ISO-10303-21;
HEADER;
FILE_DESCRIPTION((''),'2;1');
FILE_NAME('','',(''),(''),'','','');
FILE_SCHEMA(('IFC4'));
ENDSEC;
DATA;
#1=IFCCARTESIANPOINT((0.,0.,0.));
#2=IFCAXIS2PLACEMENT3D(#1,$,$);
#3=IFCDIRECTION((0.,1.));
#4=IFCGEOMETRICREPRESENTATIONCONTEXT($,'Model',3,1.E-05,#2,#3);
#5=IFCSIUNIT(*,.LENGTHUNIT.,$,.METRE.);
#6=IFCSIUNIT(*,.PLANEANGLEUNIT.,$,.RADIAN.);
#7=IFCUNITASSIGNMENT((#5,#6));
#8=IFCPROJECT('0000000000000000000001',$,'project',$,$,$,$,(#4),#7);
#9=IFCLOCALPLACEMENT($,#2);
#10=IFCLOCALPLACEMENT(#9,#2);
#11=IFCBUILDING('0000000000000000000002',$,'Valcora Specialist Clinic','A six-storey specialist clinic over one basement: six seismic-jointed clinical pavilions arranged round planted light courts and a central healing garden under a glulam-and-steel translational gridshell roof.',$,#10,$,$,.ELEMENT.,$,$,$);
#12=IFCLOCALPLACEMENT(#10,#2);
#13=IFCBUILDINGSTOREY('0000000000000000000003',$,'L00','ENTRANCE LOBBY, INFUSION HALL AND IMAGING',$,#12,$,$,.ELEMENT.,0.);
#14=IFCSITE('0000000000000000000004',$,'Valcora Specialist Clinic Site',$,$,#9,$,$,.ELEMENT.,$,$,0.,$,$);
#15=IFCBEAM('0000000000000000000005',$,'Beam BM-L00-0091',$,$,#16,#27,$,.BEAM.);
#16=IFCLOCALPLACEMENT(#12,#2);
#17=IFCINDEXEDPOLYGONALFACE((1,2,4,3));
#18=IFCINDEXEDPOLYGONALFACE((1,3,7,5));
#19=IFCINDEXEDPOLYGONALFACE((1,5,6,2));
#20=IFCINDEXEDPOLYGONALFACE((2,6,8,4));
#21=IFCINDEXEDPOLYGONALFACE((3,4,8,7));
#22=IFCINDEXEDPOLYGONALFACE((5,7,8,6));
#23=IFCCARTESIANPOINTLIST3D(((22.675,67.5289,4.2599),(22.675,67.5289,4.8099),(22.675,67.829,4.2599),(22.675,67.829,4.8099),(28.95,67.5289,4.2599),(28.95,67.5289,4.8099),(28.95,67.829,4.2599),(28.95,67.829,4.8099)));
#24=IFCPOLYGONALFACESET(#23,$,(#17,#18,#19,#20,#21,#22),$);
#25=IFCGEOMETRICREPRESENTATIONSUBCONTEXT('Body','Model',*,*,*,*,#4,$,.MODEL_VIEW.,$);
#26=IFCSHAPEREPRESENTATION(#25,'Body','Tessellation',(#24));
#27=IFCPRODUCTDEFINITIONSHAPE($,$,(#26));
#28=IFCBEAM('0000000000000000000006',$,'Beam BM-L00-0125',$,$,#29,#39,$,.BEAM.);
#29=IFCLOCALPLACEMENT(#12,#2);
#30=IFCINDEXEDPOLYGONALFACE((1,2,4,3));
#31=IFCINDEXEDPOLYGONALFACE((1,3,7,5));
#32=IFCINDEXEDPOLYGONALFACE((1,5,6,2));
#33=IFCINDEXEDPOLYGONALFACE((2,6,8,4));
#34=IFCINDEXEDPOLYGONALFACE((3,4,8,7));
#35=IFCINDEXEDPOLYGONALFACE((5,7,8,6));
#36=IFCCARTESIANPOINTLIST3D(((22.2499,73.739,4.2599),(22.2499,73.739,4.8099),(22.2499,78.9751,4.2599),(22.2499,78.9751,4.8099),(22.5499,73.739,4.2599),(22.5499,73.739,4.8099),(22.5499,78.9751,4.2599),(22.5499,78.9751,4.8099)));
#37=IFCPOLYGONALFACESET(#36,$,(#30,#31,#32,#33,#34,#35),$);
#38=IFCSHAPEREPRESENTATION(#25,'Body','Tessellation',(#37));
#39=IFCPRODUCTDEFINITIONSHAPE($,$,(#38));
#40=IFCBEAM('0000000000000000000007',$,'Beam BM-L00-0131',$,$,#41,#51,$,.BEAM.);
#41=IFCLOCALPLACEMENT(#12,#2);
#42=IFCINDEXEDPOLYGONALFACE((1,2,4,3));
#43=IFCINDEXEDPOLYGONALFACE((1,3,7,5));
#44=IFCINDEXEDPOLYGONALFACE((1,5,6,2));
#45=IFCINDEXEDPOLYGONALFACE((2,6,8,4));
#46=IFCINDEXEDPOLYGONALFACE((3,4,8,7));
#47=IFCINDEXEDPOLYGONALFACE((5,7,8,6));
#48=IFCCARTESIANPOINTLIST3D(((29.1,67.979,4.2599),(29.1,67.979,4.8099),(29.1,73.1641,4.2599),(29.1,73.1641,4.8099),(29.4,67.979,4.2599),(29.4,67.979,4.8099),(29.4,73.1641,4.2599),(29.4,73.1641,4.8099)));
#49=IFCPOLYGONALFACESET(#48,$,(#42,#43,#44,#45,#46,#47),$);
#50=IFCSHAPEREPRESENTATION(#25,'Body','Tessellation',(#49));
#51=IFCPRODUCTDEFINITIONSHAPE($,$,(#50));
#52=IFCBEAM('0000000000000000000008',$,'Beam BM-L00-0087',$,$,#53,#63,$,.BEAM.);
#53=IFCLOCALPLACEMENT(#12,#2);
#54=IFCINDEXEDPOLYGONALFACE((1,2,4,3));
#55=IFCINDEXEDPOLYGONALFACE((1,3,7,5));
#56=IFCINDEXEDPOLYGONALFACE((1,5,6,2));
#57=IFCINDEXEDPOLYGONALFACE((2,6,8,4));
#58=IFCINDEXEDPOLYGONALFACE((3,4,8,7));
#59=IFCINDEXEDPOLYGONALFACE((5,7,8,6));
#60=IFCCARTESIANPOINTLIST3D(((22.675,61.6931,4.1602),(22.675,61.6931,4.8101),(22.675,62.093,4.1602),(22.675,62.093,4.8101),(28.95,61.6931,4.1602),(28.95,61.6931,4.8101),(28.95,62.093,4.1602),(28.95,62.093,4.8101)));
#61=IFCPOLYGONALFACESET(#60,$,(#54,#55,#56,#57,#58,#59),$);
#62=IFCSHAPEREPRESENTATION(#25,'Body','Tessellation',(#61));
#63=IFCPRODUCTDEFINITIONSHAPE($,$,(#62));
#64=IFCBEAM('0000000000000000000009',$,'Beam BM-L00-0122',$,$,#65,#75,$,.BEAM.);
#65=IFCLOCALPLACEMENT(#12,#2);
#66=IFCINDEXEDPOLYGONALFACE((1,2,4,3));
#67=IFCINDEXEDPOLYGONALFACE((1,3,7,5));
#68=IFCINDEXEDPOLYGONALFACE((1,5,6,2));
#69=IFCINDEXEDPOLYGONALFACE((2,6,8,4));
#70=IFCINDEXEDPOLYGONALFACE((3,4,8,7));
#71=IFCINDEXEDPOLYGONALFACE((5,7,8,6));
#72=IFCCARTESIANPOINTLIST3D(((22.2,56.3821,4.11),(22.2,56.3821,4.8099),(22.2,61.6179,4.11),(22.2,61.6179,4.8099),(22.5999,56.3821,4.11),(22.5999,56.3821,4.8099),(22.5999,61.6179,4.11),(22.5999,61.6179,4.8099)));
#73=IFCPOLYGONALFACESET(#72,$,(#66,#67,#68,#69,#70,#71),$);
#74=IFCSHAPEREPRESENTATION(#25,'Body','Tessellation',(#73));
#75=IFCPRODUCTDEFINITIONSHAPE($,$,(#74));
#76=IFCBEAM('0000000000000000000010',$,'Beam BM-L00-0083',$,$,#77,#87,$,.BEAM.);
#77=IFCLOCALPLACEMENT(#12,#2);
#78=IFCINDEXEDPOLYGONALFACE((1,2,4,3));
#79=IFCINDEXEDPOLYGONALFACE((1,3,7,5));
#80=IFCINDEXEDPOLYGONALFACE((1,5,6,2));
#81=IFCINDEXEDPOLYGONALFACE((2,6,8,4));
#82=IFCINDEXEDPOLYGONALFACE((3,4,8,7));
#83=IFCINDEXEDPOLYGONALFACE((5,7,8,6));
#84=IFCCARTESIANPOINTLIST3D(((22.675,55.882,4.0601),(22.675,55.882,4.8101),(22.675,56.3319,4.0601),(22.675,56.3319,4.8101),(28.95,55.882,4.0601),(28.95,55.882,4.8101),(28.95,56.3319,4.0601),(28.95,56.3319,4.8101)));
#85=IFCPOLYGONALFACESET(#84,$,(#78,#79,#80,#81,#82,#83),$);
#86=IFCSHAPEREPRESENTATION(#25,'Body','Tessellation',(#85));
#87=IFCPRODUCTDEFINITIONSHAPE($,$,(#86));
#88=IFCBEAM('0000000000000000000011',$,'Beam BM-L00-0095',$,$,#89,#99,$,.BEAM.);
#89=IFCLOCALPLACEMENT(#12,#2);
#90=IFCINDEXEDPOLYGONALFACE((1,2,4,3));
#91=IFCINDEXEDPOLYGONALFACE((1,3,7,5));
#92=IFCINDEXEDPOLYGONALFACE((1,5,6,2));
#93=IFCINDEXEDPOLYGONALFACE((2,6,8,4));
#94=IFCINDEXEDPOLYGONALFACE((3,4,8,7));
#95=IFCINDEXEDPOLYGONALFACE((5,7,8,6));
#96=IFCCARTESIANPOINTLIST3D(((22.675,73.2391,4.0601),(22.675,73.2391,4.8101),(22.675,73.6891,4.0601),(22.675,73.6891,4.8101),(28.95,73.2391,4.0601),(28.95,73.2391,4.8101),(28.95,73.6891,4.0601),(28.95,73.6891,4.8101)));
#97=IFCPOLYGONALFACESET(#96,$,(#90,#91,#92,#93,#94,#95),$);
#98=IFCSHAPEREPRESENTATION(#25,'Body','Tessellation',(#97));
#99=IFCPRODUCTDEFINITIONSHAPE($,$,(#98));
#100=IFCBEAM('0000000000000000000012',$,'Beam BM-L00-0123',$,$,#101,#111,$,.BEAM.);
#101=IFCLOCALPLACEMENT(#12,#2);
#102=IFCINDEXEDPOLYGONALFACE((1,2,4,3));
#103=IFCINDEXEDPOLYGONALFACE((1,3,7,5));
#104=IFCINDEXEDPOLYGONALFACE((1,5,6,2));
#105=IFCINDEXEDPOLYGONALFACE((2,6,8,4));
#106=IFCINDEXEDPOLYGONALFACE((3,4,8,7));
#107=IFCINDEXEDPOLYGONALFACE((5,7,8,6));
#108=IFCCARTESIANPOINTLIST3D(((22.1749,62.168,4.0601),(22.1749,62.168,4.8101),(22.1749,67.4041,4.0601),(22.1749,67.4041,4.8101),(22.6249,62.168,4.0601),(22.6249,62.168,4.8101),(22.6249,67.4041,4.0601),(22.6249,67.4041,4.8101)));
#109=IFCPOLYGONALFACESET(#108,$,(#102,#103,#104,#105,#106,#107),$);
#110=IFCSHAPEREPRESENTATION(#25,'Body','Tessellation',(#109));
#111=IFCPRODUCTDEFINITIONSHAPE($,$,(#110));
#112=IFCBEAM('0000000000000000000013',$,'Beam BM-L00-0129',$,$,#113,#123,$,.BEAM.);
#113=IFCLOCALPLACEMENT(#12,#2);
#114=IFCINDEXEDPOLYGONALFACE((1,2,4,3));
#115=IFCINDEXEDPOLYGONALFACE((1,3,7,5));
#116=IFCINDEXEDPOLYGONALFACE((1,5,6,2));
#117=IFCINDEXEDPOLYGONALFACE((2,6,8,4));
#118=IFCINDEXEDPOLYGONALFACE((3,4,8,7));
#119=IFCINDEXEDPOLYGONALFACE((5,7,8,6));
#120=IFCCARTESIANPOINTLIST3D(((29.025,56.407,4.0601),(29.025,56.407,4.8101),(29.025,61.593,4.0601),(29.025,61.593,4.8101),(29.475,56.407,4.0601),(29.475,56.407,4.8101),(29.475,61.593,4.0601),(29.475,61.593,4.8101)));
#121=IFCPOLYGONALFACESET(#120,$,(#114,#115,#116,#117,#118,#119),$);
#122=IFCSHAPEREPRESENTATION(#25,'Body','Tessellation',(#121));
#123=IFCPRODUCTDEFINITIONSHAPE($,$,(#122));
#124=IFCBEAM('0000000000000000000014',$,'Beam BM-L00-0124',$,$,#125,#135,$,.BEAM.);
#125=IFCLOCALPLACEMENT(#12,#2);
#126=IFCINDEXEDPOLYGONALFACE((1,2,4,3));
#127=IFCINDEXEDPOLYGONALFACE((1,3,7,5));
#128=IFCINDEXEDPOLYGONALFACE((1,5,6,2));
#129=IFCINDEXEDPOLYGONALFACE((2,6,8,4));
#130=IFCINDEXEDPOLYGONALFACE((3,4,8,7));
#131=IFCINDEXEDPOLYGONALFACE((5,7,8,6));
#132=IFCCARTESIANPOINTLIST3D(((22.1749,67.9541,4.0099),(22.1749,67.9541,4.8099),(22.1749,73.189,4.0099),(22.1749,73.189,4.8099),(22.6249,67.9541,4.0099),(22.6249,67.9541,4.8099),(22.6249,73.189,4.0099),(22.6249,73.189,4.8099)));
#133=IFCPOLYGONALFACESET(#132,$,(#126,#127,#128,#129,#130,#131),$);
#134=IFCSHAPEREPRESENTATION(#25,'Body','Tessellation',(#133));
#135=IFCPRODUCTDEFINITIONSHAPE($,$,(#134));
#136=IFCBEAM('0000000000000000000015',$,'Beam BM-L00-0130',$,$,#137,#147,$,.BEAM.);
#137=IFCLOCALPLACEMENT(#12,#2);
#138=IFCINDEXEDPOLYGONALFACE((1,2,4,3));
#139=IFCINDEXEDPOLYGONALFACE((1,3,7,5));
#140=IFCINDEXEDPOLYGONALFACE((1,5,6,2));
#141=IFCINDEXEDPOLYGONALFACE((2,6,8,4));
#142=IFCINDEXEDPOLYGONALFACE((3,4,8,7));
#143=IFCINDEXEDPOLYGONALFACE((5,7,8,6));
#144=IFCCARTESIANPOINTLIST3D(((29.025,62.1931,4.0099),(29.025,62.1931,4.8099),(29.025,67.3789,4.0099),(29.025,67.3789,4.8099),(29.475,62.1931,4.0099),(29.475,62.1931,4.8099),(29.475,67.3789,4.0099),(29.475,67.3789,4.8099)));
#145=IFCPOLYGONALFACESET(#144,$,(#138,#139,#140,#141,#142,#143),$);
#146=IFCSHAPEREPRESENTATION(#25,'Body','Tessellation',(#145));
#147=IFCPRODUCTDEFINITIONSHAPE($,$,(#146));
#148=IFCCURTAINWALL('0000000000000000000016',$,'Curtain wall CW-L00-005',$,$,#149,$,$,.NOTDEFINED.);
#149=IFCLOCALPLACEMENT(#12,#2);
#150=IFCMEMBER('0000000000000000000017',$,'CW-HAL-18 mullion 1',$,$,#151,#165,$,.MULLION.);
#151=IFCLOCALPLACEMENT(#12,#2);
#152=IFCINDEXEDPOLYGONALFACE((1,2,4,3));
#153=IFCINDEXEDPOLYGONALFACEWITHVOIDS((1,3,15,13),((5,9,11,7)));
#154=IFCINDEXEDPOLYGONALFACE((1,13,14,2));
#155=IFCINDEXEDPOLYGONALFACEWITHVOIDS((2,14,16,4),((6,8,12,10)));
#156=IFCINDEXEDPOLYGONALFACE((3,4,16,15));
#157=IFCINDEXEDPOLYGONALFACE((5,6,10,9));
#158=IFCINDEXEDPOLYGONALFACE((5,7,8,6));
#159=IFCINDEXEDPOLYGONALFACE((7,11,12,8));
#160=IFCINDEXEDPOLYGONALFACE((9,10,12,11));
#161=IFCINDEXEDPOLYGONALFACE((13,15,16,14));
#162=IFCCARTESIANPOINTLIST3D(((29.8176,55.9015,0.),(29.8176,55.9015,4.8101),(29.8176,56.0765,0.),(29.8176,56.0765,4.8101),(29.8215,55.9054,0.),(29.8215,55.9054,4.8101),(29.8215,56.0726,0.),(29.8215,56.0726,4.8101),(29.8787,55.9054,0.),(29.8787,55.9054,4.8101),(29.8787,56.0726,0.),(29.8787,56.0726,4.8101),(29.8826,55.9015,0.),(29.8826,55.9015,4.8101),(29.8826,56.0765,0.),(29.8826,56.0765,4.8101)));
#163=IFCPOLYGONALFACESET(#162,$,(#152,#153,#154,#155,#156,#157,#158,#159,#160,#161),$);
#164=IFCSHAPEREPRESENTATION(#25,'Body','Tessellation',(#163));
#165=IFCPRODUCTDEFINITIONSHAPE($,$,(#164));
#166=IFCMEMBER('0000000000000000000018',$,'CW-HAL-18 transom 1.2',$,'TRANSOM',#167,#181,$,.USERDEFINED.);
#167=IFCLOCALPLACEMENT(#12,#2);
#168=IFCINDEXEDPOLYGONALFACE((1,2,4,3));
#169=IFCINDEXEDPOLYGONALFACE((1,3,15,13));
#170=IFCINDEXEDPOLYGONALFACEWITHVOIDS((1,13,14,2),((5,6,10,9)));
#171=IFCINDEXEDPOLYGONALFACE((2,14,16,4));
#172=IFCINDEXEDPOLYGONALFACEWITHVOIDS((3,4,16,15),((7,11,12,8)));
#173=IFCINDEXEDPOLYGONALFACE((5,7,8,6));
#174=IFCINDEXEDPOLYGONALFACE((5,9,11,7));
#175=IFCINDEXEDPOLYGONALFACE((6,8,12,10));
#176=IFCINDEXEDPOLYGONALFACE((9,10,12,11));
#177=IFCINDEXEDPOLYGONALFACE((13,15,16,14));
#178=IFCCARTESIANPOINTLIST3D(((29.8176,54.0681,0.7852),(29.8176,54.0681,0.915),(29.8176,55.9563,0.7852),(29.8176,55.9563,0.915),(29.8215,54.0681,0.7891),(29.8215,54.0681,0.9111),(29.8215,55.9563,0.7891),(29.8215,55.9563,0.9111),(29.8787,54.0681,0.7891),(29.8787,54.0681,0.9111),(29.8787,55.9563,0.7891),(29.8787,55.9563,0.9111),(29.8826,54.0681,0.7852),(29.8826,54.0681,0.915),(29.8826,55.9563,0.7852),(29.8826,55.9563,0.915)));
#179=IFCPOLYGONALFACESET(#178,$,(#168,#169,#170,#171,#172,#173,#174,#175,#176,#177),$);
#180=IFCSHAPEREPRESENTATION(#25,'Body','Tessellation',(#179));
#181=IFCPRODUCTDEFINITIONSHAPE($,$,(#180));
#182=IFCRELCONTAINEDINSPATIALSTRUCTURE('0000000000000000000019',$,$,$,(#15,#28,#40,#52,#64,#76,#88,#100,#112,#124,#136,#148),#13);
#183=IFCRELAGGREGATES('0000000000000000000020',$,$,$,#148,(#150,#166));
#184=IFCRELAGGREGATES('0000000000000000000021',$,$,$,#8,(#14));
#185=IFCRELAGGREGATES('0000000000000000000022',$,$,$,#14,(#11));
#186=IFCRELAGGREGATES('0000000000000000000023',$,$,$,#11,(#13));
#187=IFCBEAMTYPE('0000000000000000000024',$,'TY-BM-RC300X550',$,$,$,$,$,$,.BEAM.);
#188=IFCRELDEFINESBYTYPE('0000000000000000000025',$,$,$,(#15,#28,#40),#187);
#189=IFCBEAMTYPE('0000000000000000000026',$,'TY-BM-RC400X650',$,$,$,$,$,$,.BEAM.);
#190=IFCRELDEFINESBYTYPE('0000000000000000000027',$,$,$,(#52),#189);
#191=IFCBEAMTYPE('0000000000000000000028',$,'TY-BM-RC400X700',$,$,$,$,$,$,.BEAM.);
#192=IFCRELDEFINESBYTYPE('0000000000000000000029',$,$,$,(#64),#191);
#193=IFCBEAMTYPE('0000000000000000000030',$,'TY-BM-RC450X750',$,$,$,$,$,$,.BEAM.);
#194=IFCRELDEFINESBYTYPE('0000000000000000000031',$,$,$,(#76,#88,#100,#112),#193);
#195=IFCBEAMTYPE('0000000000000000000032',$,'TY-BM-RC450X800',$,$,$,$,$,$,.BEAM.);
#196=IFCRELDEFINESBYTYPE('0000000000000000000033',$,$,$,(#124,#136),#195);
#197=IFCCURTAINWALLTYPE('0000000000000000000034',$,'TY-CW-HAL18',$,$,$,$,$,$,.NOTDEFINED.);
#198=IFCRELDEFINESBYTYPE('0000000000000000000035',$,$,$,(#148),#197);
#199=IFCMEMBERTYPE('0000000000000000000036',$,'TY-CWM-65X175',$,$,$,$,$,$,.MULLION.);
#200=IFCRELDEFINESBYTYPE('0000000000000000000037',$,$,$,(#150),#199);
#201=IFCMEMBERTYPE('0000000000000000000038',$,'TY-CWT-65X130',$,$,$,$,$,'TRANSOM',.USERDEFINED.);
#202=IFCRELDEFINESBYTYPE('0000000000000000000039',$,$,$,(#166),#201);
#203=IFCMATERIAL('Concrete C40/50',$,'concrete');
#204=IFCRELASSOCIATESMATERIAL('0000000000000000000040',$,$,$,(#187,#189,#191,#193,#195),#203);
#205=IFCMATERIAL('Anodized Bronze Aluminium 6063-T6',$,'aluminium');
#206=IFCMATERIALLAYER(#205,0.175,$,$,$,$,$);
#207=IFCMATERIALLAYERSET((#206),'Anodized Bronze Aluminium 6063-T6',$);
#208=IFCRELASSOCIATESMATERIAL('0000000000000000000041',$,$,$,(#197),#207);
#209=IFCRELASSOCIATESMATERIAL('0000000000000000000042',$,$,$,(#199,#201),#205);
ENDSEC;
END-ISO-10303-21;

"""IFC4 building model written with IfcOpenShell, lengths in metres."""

from ifc_helpers import new_model, si_unit, direction, frame, origin, origin_2d, place, context, subcontext, project, spatial, rectangle, hollow_rectangle, extrude, material, layer, layer_set, material_profile, profile_set, type_object, element, aggregate, save


model = new_model("IFC4")

# Units and contexts
model_context = context("Model", 3, precision=1e-05, world=origin(), true_north=direction((0.0, 1.0)))
body_context = subcontext(model_context, "Body", "Model", "MODEL_VIEW")
ifc_project = project(units=[si_unit("LENGTHUNIT", "METRE"), si_unit("PLANEANGLEUNIT", "RADIAN")], contexts=[model_context])

# Site, building, storey
site_placement = place(None, origin())
site = spatial("IfcSite", under=ifc_project, at=site_placement, Name="Valcora Specialist Clinic Site", CompositionType="ELEMENT", RefElevation=0.0)
building_placement = place(site_placement, origin())
building = spatial("IfcBuilding", under=site, at=building_placement, Name="Valcora Specialist Clinic", Description="A six-storey specialist clinic over one basement: six seismic-jointed clinical pavilions arranged round planted light courts and a central healing garden under a glulam-and-steel translational gridshell roof.", CompositionType="ELEMENT")
storey_placement = place(building_placement, origin())
storey = spatial("IfcBuildingStorey", under=building, at=storey_placement, Name="L00", Description="ENTRANCE LOBBY, INFUSION HALL AND IMAGING", CompositionType="ELEMENT", Elevation=0.0)

# Shared definitions
ifc_material_1 = material(Name="Concrete C40/50", Category="concrete")

# Beams
ifc_material_profile_1 = material_profile(ifc_material_1, rectangle(XDim=0.3, YDim=0.55, at=origin_2d()), Name="RC-BM-300X550")
ifc_profile_set_1 = profile_set([ifc_material_profile_1], Name="Concrete C40/50")
beam_type_1 = type_object("IfcBeamType", Name="TY-BM-RC300X550", PredefinedType="BEAM", material=ifc_profile_set_1)
beam_1_placement = place(storey_placement, frame((22.675, 67.679, 4.5349), z_axis=(1.0, 0.0, 0.0), x_axis=(0.0, 1.0, 0.0)))
element("IfcBeam", 1, at=beam_1_placement, inside=storey, type_object=beam_type_1, Name="Beam BM-L00-0091", PredefinedType="BEAM", context=body_context, shape_type="SweptSolid", body=[
    extrude(rectangle(XDim=0.3, YDim=0.55, at=origin_2d()), origin(), (0.0, 0.0, 1.0), 6.2749),
])
beam_2_placement = place(storey_placement, frame((22.3999, 73.739, 4.5349), z_axis=(0.0, 1.0, 0.0), x_axis=(-1.0, 0.0, 0.0)))
element("IfcBeam", 2, at=beam_2_placement, inside=storey, type_object=beam_type_1, Name="Beam BM-L00-0125", PredefinedType="BEAM", context=body_context, shape_type="SweptSolid", body=[
    extrude(rectangle(XDim=0.3, YDim=0.55, at=origin_2d()), origin(), (0.0, 0.0, 1.0), 5.2361),
])
beam_3_placement = place(storey_placement, frame((29.25, 67.979, 4.5349), z_axis=(0.0, 1.0, 0.0), x_axis=(-1.0, 0.0, 0.0)))
element("IfcBeam", 3, at=beam_3_placement, inside=storey, type_object=beam_type_1, Name="Beam BM-L00-0131", PredefinedType="BEAM", context=body_context, shape_type="SweptSolid", body=[
    extrude(rectangle(XDim=0.3, YDim=0.55, at=origin_2d()), origin(), (0.0, 0.0, 1.0), 5.1851),
])
ifc_material_profile_2 = material_profile(ifc_material_1, rectangle(XDim=0.3999, YDim=0.6499, at=origin_2d()), Name="RC-BM-400X650")
ifc_profile_set_2 = profile_set([ifc_material_profile_2], Name="Concrete C40/50")
beam_type_2 = type_object("IfcBeamType", Name="TY-BM-RC400X650", PredefinedType="BEAM", material=ifc_profile_set_2)
beam_4_placement = place(storey_placement, frame((22.675, 61.8931, 4.4851), z_axis=(1.0, 0.0, 0.0), x_axis=(0.0, 1.0, 0.0)))
element("IfcBeam", 4, at=beam_4_placement, inside=storey, type_object=beam_type_2, Name="Beam BM-L00-0087", PredefinedType="BEAM", context=body_context, shape_type="SweptSolid", body=[
    extrude(rectangle(XDim=0.3999, YDim=0.6499, at=origin_2d()), origin(), (0.0, 0.0, 1.0), 6.2749),
])
ifc_material_profile_3 = material_profile(ifc_material_1, rectangle(XDim=0.3999, YDim=0.7, at=origin_2d()), Name="RC-BM-400X700")
ifc_profile_set_3 = profile_set([ifc_material_profile_3], Name="Concrete C40/50")
beam_type_3 = type_object("IfcBeamType", Name="TY-BM-RC400X700", PredefinedType="BEAM", material=ifc_profile_set_3)
beam_5_placement = place(storey_placement, frame((22.3999, 56.3821, 4.46), z_axis=(0.0, 1.0, 0.0), x_axis=(-1.0, 0.0, 0.0)))
element("IfcBeam", 5, at=beam_5_placement, inside=storey, type_object=beam_type_3, Name="Beam BM-L00-0122", PredefinedType="BEAM", context=body_context, shape_type="SweptSolid", body=[
    extrude(rectangle(XDim=0.3999, YDim=0.7, at=origin_2d()), origin(), (0.0, 0.0, 1.0), 5.2358),
])
ifc_material_profile_4 = material_profile(ifc_material_1, rectangle(XDim=0.45, YDim=0.75, at=origin_2d()), Name="RC-BM-450X750")
ifc_profile_set_4 = profile_set([ifc_material_profile_4], Name="Concrete C40/50")
beam_type_4 = type_object("IfcBeamType", Name="TY-BM-RC450X750", PredefinedType="BEAM", material=ifc_profile_set_4)
for number, where, z_axis, x_axis, name in (
    (6, (22.675, 56.1069, 4.4351), (1.0, 0.0, 0.0), (0.0, 1.0, 0.0), "Beam BM-L00-0083"),
    (7, (22.675, 73.4641, 4.4351), (1.0, 0.0, 0.0), (0.0, 1.0, 0.0), "Beam BM-L00-0095"),
):
    element("IfcBeam", number, at=place(storey_placement, frame(where, z_axis=z_axis, x_axis=x_axis)), inside=storey, type_object=beam_type_4, Name=name, PredefinedType="BEAM", context=body_context, shape_type="SweptSolid", body=[
        extrude(rectangle(XDim=0.45, YDim=0.75, at=origin_2d()), origin(), (0.0, 0.0, 1.0), 6.2749),
    ])
beam_6_placement = place(storey_placement, frame((22.3999, 62.168, 4.4351), z_axis=(0.0, 1.0, 0.0), x_axis=(-1.0, 0.0, 0.0)))
element("IfcBeam", 8, at=beam_6_placement, inside=storey, type_object=beam_type_4, Name="Beam BM-L00-0123", PredefinedType="BEAM", context=body_context, shape_type="SweptSolid", body=[
    extrude(rectangle(XDim=0.45, YDim=0.75, at=origin_2d()), origin(), (0.0, 0.0, 1.0), 5.2361),
])
beam_7_placement = place(storey_placement, frame((29.25, 56.407, 4.4351), z_axis=(0.0, 1.0, 0.0), x_axis=(-1.0, 0.0, 0.0)))
element("IfcBeam", 9, at=beam_7_placement, inside=storey, type_object=beam_type_4, Name="Beam BM-L00-0129", PredefinedType="BEAM", context=body_context, shape_type="SweptSolid", body=[
    extrude(rectangle(XDim=0.45, YDim=0.75, at=origin_2d()), origin(), (0.0, 0.0, 1.0), 5.186),
])
ifc_material_profile_5 = material_profile(ifc_material_1, rectangle(XDim=0.45, YDim=0.8, at=origin_2d()), Name="RC-BM-450X800")
ifc_profile_set_5 = profile_set([ifc_material_profile_5], Name="Concrete C40/50")
beam_type_5 = type_object("IfcBeamType", Name="TY-BM-RC450X800", PredefinedType="BEAM", material=ifc_profile_set_5)
beam_8_placement = place(storey_placement, frame((22.3999, 67.9541, 4.4099), z_axis=(0.0, 1.0, 0.0), x_axis=(-1.0, 0.0, 0.0)))
element("IfcBeam", 10, at=beam_8_placement, inside=storey, type_object=beam_type_5, Name="Beam BM-L00-0124", PredefinedType="BEAM", context=body_context, shape_type="SweptSolid", body=[
    extrude(rectangle(XDim=0.45, YDim=0.8, at=origin_2d()), origin(), (0.0, 0.0, 1.0), 5.2349),
])
beam_9_placement = place(storey_placement, frame((29.25, 62.1931, 4.4099), z_axis=(0.0, 1.0, 0.0), x_axis=(-1.0, 0.0, 0.0)))
element("IfcBeam", 11, at=beam_9_placement, inside=storey, type_object=beam_type_5, Name="Beam BM-L00-0130", PredefinedType="BEAM", context=body_context, shape_type="SweptSolid", body=[
    extrude(rectangle(XDim=0.45, YDim=0.8, at=origin_2d()), origin(), (0.0, 0.0, 1.0), 5.1858),
])

# Curtain wall, members
ifc_material_2 = material(Name="Anodized Bronze Aluminium 6063-T6", Category="aluminium")
ifc_layer = layer(ifc_material_2, 0.175)
ifc_layer_set = layer_set([ifc_layer], Name="Anodized Bronze Aluminium 6063-T6")
curtain_wall_type = type_object("IfcCurtainWallType", Name="TY-CW-HAL18", PredefinedType="NOTDEFINED", material=ifc_layer_set)
curtain_wall_placement = place(storey_placement, origin())
curtain_wall = element("IfcCurtainWall", 12, at=curtain_wall_placement, inside=storey, type_object=curtain_wall_type, Name="Curtain wall CW-L00-005", PredefinedType="NOTDEFINED")
ifc_material_profile_6 = material_profile(ifc_material_2, hollow_rectangle(XDim=0.0649, YDim=0.175, WallThickness=0.0039, at=origin_2d()), Name="AL-MUL-65X175")
ifc_profile_set_6 = profile_set([ifc_material_profile_6], Name="Anodized Bronze Aluminium 6063-T6")
member_type_1 = type_object("IfcMemberType", Name="TY-CWM-65X175", PredefinedType="MULLION", material=ifc_profile_set_6)
member_1_placement = place(storey_placement, frame((29.8501, 55.989, 0.0), z_axis=(0.0, 0.0, 1.0), x_axis=(1.0, 0.0, 0.0)))
member_1 = element("IfcMember", 13, at=member_1_placement, type_object=member_type_1, Name="CW-HAL-18 mullion 1", PredefinedType="MULLION", context=body_context, shape_type="SweptSolid", body=[
    extrude(hollow_rectangle(XDim=0.0649, YDim=0.175, WallThickness=0.0039, at=origin_2d()), origin(), (0.0, 0.0, 1.0), 4.8101),
])
ifc_material_profile_7 = material_profile(ifc_material_2, hollow_rectangle(XDim=0.0649, YDim=0.1299, WallThickness=0.0039, at=origin_2d()), Name="AL-TRN-65X130")
ifc_profile_set_7 = profile_set([ifc_material_profile_7], Name="Anodized Bronze Aluminium 6063-T6")
member_type_2 = type_object("IfcMemberType", Name="TY-CWT-65X130", ElementType="TRANSOM", PredefinedType="USERDEFINED", material=ifc_profile_set_7)
member_2_placement = place(storey_placement, frame((29.8501, 55.9563, 0.8501), z_axis=(0.0, -1.0, 0.0), x_axis=(1.0, 0.0, 0.0)))
member_2 = element("IfcMember", 14, at=member_2_placement, type_object=member_type_2, Name="CW-HAL-18 transom 1.2", ObjectType="TRANSOM", PredefinedType="USERDEFINED", context=body_context, shape_type="SweptSolid", body=[
    extrude(hollow_rectangle(XDim=0.0649, YDim=0.1299, WallThickness=0.0039, at=origin_2d()), origin(), (0.0, 0.0, 1.0), 1.8882),
])
aggregate(curtain_wall, [member_1, member_2])

save(model, "model.ifc")
